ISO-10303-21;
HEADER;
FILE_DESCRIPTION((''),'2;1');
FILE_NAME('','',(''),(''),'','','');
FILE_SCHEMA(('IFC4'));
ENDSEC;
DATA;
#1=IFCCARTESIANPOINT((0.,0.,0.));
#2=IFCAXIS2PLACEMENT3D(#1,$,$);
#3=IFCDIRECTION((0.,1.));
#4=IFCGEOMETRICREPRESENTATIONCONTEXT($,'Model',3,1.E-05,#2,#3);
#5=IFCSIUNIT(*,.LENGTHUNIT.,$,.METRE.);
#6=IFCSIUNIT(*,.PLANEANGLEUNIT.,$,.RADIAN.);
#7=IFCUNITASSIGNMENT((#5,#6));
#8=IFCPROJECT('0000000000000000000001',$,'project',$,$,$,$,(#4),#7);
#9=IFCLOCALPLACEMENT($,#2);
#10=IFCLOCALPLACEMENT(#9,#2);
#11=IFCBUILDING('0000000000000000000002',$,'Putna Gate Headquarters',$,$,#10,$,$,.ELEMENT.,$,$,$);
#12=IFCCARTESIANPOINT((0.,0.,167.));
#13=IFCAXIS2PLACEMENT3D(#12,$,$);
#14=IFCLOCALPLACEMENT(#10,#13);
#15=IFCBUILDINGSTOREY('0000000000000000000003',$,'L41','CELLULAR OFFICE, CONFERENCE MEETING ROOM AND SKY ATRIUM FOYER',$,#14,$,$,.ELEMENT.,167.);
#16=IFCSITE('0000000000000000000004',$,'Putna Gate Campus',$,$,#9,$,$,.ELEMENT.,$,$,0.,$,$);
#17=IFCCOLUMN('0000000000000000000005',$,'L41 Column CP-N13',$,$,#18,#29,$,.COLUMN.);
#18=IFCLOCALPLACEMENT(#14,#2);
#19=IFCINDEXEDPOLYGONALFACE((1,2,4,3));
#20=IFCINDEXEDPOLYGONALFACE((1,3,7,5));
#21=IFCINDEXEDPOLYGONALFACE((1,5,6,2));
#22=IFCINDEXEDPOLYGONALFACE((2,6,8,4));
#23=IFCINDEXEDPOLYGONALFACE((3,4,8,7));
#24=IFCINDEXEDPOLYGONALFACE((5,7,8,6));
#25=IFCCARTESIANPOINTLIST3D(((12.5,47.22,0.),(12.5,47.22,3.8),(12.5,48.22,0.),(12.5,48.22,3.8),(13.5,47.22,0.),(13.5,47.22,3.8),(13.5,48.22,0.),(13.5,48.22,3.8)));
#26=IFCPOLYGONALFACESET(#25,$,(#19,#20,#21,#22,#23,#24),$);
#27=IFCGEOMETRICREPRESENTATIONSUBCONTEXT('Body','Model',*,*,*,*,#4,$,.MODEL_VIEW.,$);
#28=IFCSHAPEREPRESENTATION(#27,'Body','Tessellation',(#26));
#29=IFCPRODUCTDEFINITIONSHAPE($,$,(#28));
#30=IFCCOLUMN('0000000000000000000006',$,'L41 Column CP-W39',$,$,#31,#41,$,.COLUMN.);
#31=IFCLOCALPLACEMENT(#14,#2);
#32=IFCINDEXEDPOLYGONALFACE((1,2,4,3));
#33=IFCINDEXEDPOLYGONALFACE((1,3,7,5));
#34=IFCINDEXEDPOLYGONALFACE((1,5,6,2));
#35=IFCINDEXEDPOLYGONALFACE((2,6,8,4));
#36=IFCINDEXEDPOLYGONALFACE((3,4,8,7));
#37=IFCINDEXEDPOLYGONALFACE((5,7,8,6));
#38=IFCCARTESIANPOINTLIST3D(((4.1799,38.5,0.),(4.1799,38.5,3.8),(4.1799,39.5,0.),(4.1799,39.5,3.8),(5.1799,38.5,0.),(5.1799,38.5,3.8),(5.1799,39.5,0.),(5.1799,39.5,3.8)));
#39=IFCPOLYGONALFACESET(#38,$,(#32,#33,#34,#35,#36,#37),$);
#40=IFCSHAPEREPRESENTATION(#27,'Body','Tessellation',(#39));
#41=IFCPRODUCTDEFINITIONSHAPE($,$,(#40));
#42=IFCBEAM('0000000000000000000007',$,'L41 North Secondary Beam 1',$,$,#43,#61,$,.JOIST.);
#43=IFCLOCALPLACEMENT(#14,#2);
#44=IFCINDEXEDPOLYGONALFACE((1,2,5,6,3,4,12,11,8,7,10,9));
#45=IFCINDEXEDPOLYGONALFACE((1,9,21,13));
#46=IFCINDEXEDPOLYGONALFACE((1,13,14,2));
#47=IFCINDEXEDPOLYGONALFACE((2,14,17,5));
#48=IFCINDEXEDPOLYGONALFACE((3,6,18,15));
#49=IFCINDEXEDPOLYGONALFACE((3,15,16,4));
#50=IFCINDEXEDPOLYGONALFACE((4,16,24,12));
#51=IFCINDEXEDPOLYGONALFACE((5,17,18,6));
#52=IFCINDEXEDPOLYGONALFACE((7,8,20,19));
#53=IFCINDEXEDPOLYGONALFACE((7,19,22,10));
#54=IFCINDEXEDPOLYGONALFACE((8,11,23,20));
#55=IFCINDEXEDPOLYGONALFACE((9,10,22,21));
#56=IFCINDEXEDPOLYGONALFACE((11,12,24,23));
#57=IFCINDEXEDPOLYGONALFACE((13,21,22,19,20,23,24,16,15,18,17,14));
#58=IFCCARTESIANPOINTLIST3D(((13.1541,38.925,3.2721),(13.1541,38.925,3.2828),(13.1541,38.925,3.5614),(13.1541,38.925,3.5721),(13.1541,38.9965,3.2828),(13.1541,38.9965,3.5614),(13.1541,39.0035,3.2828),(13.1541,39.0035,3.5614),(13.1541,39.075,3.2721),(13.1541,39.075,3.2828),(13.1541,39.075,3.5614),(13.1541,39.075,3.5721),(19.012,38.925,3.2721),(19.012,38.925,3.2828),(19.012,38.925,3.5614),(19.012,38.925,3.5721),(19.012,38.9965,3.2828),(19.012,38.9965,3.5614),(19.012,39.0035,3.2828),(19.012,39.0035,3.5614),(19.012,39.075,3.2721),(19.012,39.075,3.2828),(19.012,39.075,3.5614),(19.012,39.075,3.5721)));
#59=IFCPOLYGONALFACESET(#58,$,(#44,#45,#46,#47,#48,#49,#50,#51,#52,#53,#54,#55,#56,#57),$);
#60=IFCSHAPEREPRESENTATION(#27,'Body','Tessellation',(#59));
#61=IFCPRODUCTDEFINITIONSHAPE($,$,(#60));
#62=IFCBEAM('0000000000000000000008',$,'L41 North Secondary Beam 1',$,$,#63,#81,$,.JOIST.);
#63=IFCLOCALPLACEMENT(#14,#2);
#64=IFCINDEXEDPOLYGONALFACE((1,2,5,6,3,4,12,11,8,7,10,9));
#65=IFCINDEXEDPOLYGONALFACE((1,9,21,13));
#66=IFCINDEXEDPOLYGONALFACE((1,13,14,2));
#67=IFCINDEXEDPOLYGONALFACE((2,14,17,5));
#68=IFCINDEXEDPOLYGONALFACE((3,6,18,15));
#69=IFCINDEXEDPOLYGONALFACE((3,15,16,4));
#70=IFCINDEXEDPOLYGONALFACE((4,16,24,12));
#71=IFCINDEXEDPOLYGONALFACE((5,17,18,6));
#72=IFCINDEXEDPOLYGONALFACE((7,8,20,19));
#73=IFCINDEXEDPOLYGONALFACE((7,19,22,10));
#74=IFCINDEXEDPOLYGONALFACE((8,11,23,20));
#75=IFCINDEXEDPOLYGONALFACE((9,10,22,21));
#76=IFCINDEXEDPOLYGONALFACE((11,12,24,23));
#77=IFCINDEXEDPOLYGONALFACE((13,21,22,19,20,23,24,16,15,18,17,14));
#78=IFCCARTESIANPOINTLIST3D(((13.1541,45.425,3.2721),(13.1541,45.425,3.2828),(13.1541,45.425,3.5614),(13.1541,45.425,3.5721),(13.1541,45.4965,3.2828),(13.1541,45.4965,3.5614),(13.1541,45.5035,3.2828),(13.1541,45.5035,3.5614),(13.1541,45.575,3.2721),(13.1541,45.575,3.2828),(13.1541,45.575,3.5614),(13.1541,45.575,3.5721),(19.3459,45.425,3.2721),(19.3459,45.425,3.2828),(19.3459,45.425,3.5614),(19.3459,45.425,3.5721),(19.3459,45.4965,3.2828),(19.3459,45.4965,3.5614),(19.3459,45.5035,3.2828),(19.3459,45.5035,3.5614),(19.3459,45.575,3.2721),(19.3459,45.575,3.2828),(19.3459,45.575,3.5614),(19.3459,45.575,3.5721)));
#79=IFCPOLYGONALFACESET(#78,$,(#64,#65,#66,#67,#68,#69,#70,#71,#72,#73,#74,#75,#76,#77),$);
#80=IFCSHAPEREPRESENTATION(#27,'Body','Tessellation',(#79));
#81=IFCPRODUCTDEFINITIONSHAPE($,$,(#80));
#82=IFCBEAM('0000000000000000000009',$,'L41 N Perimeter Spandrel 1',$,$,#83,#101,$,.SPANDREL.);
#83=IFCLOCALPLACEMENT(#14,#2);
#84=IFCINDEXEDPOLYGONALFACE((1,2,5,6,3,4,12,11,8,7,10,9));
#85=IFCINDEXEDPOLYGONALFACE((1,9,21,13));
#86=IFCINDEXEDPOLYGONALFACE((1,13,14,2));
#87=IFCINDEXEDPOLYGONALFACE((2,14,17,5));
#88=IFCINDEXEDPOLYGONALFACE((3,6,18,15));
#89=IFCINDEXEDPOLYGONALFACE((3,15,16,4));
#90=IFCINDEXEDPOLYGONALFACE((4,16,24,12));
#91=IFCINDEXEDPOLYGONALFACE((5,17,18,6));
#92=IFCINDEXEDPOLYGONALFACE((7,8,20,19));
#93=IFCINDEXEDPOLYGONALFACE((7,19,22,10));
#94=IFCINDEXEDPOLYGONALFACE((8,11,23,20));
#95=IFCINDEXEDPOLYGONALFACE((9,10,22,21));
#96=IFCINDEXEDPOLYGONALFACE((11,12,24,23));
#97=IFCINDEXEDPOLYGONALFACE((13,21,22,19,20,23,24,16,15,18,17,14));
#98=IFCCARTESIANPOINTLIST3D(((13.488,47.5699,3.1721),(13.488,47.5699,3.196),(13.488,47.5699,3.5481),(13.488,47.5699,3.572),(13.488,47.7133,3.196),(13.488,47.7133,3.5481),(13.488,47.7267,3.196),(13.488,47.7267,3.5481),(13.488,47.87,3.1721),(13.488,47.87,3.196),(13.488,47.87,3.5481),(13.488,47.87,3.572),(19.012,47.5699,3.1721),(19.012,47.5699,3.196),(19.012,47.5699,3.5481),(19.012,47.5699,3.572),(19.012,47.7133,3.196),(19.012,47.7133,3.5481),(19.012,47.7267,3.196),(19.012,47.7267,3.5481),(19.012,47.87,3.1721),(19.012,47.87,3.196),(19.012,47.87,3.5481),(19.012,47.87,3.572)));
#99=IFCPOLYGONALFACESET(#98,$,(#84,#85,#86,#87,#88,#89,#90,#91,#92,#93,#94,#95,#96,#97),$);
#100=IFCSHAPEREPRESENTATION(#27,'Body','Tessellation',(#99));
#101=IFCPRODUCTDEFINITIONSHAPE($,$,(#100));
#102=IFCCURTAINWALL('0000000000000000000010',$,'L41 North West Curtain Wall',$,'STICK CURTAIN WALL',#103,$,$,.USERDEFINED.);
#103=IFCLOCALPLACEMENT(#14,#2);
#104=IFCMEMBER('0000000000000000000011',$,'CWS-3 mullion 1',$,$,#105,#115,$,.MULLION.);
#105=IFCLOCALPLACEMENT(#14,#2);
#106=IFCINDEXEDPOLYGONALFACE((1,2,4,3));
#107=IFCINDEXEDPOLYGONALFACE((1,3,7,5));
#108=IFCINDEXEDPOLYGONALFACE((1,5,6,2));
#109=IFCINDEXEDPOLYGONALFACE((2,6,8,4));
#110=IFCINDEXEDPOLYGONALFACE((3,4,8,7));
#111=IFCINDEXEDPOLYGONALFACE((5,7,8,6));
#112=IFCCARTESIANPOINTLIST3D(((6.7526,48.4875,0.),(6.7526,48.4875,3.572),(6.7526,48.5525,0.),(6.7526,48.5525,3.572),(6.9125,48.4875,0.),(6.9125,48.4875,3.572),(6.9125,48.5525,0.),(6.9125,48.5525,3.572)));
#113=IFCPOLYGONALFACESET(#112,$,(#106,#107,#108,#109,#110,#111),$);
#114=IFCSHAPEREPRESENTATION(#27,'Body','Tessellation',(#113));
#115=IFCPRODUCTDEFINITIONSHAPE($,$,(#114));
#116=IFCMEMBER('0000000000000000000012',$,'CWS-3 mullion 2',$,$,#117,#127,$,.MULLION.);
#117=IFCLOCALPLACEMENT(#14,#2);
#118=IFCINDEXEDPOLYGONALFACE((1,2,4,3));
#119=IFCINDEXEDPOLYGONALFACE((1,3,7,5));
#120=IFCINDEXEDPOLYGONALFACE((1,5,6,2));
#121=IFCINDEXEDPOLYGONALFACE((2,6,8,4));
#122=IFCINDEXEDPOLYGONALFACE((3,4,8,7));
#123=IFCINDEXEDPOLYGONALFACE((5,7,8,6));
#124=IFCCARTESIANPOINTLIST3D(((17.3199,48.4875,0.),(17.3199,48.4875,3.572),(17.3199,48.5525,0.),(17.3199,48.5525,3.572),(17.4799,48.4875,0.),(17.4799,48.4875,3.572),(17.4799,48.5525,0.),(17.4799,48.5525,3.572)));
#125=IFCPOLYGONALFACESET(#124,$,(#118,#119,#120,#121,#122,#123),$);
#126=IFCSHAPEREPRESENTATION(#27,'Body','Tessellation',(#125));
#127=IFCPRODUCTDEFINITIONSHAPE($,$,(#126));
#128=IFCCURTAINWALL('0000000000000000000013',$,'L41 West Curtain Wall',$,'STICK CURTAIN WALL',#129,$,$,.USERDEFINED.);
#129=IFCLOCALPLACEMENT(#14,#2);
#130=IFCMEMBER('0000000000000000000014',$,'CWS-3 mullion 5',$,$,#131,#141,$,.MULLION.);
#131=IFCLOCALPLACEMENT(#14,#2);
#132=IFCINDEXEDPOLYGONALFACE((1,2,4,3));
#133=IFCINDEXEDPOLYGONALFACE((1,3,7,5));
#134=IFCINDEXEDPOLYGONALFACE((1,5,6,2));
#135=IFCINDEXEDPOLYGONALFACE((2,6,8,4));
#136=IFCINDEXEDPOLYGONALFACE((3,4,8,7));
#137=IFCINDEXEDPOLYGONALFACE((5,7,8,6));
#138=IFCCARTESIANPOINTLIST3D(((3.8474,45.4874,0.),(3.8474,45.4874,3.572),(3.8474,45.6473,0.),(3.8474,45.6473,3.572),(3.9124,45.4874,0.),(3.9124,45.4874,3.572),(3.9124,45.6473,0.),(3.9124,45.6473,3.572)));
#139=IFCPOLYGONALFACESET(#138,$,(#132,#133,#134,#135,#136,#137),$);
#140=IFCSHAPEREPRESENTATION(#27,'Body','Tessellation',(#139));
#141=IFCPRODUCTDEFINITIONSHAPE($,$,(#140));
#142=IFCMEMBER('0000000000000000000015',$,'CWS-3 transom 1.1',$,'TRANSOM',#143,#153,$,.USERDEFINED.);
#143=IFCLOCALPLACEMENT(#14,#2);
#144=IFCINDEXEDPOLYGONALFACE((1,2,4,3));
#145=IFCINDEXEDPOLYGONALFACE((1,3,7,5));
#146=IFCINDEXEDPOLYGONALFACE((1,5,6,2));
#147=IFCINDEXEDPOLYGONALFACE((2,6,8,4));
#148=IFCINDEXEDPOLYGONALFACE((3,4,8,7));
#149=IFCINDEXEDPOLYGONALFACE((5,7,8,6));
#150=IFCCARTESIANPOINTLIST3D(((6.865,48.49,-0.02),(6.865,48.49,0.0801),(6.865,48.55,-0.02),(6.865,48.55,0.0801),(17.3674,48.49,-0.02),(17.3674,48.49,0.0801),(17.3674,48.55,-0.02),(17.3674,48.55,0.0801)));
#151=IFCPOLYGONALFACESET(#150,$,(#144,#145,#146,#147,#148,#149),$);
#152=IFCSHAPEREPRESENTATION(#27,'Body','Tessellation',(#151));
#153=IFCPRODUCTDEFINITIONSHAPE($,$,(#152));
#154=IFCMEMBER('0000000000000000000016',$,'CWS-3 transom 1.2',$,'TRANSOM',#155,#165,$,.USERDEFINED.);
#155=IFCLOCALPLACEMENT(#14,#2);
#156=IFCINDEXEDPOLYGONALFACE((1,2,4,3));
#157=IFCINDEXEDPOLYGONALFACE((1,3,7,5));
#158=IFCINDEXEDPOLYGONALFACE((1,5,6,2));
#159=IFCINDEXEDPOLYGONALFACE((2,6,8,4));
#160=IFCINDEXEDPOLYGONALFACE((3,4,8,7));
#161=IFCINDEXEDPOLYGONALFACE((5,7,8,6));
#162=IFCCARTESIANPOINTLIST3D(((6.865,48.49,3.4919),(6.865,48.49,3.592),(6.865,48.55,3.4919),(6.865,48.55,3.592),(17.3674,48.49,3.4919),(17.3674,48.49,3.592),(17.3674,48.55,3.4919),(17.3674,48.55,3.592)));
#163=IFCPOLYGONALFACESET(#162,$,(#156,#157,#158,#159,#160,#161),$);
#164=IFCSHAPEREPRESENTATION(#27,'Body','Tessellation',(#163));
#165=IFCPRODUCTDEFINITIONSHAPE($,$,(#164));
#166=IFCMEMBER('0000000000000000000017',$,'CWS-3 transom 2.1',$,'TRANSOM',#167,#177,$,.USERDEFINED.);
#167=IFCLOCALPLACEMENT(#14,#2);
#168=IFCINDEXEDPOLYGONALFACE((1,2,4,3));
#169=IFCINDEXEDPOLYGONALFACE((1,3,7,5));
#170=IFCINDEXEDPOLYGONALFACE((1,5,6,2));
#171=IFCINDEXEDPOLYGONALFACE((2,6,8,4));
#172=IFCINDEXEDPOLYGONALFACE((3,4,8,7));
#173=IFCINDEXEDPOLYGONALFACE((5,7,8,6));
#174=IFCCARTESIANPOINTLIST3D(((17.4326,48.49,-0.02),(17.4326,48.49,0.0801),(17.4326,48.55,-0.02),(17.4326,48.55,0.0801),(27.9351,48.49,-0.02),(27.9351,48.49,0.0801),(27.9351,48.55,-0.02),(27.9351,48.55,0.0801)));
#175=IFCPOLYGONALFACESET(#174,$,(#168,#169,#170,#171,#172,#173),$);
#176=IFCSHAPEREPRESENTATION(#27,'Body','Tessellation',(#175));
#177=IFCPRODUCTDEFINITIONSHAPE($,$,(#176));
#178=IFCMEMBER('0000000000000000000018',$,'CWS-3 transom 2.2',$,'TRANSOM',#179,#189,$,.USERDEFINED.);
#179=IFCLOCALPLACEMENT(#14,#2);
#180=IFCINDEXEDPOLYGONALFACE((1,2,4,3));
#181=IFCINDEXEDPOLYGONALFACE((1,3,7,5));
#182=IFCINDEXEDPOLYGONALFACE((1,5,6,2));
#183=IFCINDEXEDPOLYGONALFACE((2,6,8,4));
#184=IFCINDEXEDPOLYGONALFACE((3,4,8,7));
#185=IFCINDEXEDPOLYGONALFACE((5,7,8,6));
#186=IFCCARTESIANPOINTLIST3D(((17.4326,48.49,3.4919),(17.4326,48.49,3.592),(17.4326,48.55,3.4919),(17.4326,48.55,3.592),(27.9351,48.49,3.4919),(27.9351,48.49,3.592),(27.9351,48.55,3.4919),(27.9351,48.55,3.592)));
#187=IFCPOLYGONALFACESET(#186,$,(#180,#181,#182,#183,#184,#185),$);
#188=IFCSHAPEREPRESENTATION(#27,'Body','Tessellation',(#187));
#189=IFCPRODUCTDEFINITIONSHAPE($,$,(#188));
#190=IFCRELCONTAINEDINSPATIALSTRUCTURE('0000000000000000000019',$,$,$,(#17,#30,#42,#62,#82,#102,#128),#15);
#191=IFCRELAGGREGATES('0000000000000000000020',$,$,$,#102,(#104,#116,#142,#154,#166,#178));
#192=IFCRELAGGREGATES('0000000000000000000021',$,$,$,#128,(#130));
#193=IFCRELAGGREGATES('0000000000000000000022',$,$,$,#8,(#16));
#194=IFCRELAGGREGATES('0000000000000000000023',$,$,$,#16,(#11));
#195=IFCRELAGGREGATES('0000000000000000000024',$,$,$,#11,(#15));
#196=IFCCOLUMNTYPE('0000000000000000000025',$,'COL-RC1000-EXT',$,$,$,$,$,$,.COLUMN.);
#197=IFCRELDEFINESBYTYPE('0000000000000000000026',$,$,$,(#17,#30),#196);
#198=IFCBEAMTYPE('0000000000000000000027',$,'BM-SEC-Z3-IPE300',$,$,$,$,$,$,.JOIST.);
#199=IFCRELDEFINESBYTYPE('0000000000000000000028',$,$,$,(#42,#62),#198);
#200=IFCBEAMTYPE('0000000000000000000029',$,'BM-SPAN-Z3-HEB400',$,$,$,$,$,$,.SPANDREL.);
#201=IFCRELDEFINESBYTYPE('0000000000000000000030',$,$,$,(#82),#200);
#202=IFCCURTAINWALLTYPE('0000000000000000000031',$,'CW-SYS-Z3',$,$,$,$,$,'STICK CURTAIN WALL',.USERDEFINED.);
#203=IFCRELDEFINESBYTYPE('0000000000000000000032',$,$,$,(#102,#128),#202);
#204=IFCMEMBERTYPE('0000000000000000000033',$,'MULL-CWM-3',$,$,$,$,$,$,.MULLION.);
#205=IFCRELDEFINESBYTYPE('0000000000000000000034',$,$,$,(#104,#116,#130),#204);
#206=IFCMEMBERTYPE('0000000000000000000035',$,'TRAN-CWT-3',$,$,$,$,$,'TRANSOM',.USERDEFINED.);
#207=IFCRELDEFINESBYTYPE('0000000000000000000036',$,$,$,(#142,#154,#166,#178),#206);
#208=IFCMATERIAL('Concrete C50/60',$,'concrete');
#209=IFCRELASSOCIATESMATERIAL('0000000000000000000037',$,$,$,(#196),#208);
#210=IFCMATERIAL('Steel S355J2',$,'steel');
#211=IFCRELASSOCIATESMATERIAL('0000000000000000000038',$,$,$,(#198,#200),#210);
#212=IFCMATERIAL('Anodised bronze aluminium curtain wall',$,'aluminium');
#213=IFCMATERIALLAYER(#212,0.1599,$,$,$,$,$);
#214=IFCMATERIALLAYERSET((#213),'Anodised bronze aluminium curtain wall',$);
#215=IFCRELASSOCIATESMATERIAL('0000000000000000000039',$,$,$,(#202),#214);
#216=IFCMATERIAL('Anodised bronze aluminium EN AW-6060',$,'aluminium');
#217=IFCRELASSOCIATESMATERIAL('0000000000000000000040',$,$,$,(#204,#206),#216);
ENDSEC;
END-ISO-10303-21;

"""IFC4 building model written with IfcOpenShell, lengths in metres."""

from ifc_helpers import new_model, si_unit, direction, frame, origin, origin_2d, place, context, subcontext, project, spatial, rectangle, i_section, extrude, material, layer, layer_set, material_profile, profile_set, type_object, element, aggregate, save


model = new_model("IFC4")

# Units and contexts
model_context = context("Model", 3, precision=1e-05, world=origin(), true_north=direction((0.0, 1.0)))
body_context = subcontext(model_context, "Body", "Model", "MODEL_VIEW")
ifc_project = project(units=[si_unit("LENGTHUNIT", "METRE"), si_unit("PLANEANGLEUNIT", "RADIAN")], contexts=[model_context])

# Site, building, storey
site_placement = place(None, origin())
site = spatial("IfcSite", under=ifc_project, at=site_placement, Name="Putna Gate Campus", CompositionType="ELEMENT", RefElevation=0.0)
building_placement = place(site_placement, origin())
building = spatial("IfcBuilding", under=site, at=building_placement, Name="Putna Gate Headquarters", CompositionType="ELEMENT")
storey_placement = place(building_placement, frame((0.0, 0.0, 167.0)))
storey = spatial("IfcBuildingStorey", under=building, at=storey_placement, Name="L41", Description="CELLULAR OFFICE, CONFERENCE MEETING ROOM AND SKY ATRIUM FOYER", CompositionType="ELEMENT", Elevation=167.0)

# Columns
ifc_material_1 = material(Name="Concrete C50/60", Category="concrete")
ifc_material_profile_1 = material_profile(ifc_material_1, rectangle(XDim=1.0, YDim=1.0, at=origin_2d()), Name="Concrete C50/60")
ifc_profile_set_1 = profile_set([ifc_material_profile_1], Name="Concrete C50/60")
column_type = type_object("IfcColumnType", Name="COL-RC1000-EXT", PredefinedType="COLUMN", material=ifc_profile_set_1)
for number, where, z_axis, x_axis, name in (
    (1, (13.0, 47.72, 0.0), (0.0, 0.0, 1.0), (1.0, 0.0, 0.0), "L41 Column CP-N13"),
    (2, (4.6799, 39.0, 0.0), (0.0, 0.0, 1.0), (1.0, 0.0, 0.0), "L41 Column CP-W39"),
):
    element("IfcColumn", number, at=place(storey_placement, frame(where, z_axis=z_axis, x_axis=x_axis)), inside=storey, type_object=column_type, Name=name, PredefinedType="COLUMN", context=body_context, shape_type="SweptSolid", body=[
        extrude(rectangle(XDim=1.0, YDim=1.0, at=origin_2d()), origin(), (0.0, 0.0, 1.0), 3.8),
    ])

# Beams
ifc_material_2 = material(Name="Steel S355J2", Category="steel")
ifc_material_profile_2 = material_profile(ifc_material_2, i_section(OverallWidth=0.1499, OverallDepth=0.3, WebThickness=0.0071, FlangeThickness=0.0107, at=origin_2d()), Name="Steel S355J2")
ifc_profile_set_2 = profile_set([ifc_material_profile_2], Name="Steel S355J2")
beam_type_1 = type_object("IfcBeamType", Name="BM-SEC-Z3-IPE300", PredefinedType="JOIST", material=ifc_profile_set_2)
beam_1_placement = place(storey_placement, frame((13.1541, 39.0, 3.4221), z_axis=(1.0, 0.0, 0.0), x_axis=(0.0, 1.0, 0.0)))
element("IfcBeam", 3, at=beam_1_placement, inside=storey, type_object=beam_type_1, Name="L41 North Secondary Beam 1", PredefinedType="JOIST", context=body_context, shape_type="SweptSolid", body=[
    extrude(i_section(OverallWidth=0.1499, OverallDepth=0.3, WebThickness=0.0071, FlangeThickness=0.0107, at=origin_2d()), origin(), (0.0, 0.0, 1.0), 5.8579),
])
beam_2_placement = place(storey_placement, frame((13.1541, 45.5, 3.4221), z_axis=(1.0, 0.0, 0.0), x_axis=(0.0, 1.0, 0.0)))
element("IfcBeam", 4, at=beam_2_placement, inside=storey, type_object=beam_type_1, Name="L41 North Secondary Beam 1", PredefinedType="JOIST", context=body_context, shape_type="SweptSolid", body=[
    extrude(i_section(OverallWidth=0.1499, OverallDepth=0.3, WebThickness=0.0071, FlangeThickness=0.0107, at=origin_2d()), origin(), (0.0, 0.0, 1.0), 6.1919),
])
ifc_material_profile_3 = material_profile(ifc_material_2, i_section(OverallWidth=0.3, OverallDepth=0.3999, WebThickness=0.0134, FlangeThickness=0.0239, at=origin_2d()), Name="Steel S355J2")
ifc_profile_set_3 = profile_set([ifc_material_profile_3], Name="Steel S355J2")
beam_type_2 = type_object("IfcBeamType", Name="BM-SPAN-Z3-HEB400", PredefinedType="SPANDREL", material=ifc_profile_set_3)
beam_3_placement = place(storey_placement, frame((13.488, 47.72, 3.3721), z_axis=(1.0, 0.0, 0.0), x_axis=(0.0, 1.0, 0.0)))
element("IfcBeam", 5, at=beam_3_placement, inside=storey, type_object=beam_type_2, Name="L41 N Perimeter Spandrel 1", PredefinedType="SPANDREL", context=body_context, shape_type="SweptSolid", body=[
    extrude(i_section(OverallWidth=0.3, OverallDepth=0.3999, WebThickness=0.0134, FlangeThickness=0.0239, at=origin_2d()), origin(), (0.0, 0.0, 1.0), 5.5239),
])

# Curtain wall, members
ifc_material_3 = material(Name="Anodised bronze aluminium curtain wall", Category="aluminium")
ifc_layer_1 = layer(ifc_material_3, 0.1599)
ifc_layer_set_1 = layer_set([ifc_layer_1], Name="Anodised bronze aluminium curtain wall")
curtain_wall_type = type_object("IfcCurtainWallType", Name="CW-SYS-Z3", ElementType="STICK CURTAIN WALL", PredefinedType="USERDEFINED", material=ifc_layer_set_1)
curtain_wall_1_placement = place(storey_placement, origin())
curtain_wall_1 = element("IfcCurtainWall", 6, at=curtain_wall_1_placement, inside=storey, type_object=curtain_wall_type, Name="L41 North West Curtain Wall", ObjectType="STICK CURTAIN WALL", PredefinedType="USERDEFINED")
ifc_material_4 = material(Name="Anodised bronze aluminium EN AW-6060", Category="aluminium")
ifc_material_profile_4 = material_profile(ifc_material_4, rectangle(XDim=0.0649, YDim=0.1599, at=origin_2d()), Name="Anodised bronze aluminium EN AW-6060")
ifc_profile_set_4 = profile_set([ifc_material_profile_4], Name="Anodised bronze aluminium EN AW-6060")
member_type_1 = type_object("IfcMemberType", Name="MULL-CWM-3", PredefinedType="MULLION", material=ifc_profile_set_4)
member_1_placement = place(storey_placement, frame((6.8325, 48.52, 0.0), z_axis=(0.0, 0.0, 1.0), x_axis=(0.0, 1.0, 0.0)))
member_1 = element("IfcMember", 7, at=member_1_placement, type_object=member_type_1, Name="CWS-3 mullion 1", PredefinedType="MULLION", context=body_context, shape_type="SweptSolid", body=[
    extrude(rectangle(XDim=0.0649, YDim=0.1599, at=origin_2d()), origin(), (0.0, 0.0, 1.0), 3.572),
])
member_2_placement = place(storey_placement, frame((17.3999, 48.52, 0.0), z_axis=(0.0, 0.0, 1.0), x_axis=(0.0, 1.0, 0.0)))
member_2 = element("IfcMember", 8, at=member_2_placement, type_object=member_type_1, Name="CWS-3 mullion 2", PredefinedType="MULLION", context=body_context, shape_type="SweptSolid", body=[
    extrude(rectangle(XDim=0.0649, YDim=0.1599, at=origin_2d()), origin(), (0.0, 0.0, 1.0), 3.572),
])

# Curtain wall, member
curtain_wall_2_placement = place(storey_placement, origin())
curtain_wall_2 = element("IfcCurtainWall", 9, at=curtain_wall_2_placement, inside=storey, type_object=curtain_wall_type, Name="L41 West Curtain Wall", ObjectType="STICK CURTAIN WALL", PredefinedType="USERDEFINED")
member_3_placement = place(storey_placement, frame((3.8799, 45.5674, 0.0), z_axis=(0.0, 0.0, 1.0), x_axis=(-1.0, 0.0, 0.0)))
member_3 = element("IfcMember", 10, at=member_3_placement, type_object=member_type_1, Name="CWS-3 mullion 5", PredefinedType="MULLION", context=body_context, shape_type="SweptSolid", body=[
    extrude(rectangle(XDim=0.0649, YDim=0.1599, at=origin_2d()), origin(), (0.0, 0.0, 1.0), 3.572),
])

# Members
ifc_material_profile_5 = material_profile(ifc_material_4, rectangle(XDim=0.0601, YDim=0.1001, at=origin_2d()), Name="Anodised bronze aluminium EN AW-6060")
ifc_profile_set_5 = profile_set([ifc_material_profile_5], Name="Anodised bronze aluminium EN AW-6060")
member_type_2 = type_object("IfcMemberType", Name="TRAN-CWT-3", ElementType="TRANSOM", PredefinedType="USERDEFINED", material=ifc_profile_set_5)
member_4_placement = place(storey_placement, frame((6.865, 48.52, 0.03), z_axis=(1.0, 0.0, 0.0), x_axis=(0.0, 1.0, 0.0)))
member_4 = element("IfcMember", 11, at=member_4_placement, type_object=member_type_2, Name="CWS-3 transom 1.1", ObjectType="TRANSOM", PredefinedType="USERDEFINED", context=body_context, shape_type="SweptSolid", body=[
    extrude(rectangle(XDim=0.0601, YDim=0.1001, at=origin_2d()), origin(), (0.0, 0.0, 1.0), 10.5024),
])
member_5_placement = place(storey_placement, frame((6.865, 48.52, 3.542), z_axis=(1.0, 0.0, 0.0), x_axis=(0.0, 1.0, 0.0)))
member_5 = element("IfcMember", 12, at=member_5_placement, type_object=member_type_2, Name="CWS-3 transom 1.2", ObjectType="TRANSOM", PredefinedType="USERDEFINED", context=body_context, shape_type="SweptSolid", body=[
    extrude(rectangle(XDim=0.0601, YDim=0.1001, at=origin_2d()), origin(), (0.0, 0.0, 1.0), 10.5024),
])
member_6_placement = place(storey_placement, frame((17.4326, 48.52, 0.03), z_axis=(1.0, 0.0, 0.0), x_axis=(0.0, 1.0, 0.0)))
member_6 = element("IfcMember", 13, at=member_6_placement, type_object=member_type_2, Name="CWS-3 transom 2.1", ObjectType="TRANSOM", PredefinedType="USERDEFINED", context=body_context, shape_type="SweptSolid", body=[
    extrude(rectangle(XDim=0.0601, YDim=0.1001, at=origin_2d()), origin(), (0.0, 0.0, 1.0), 10.5024),
])
member_7_placement = place(storey_placement, frame((17.4326, 48.52, 3.542), z_axis=(1.0, 0.0, 0.0), x_axis=(0.0, 1.0, 0.0)))
member_7 = element("IfcMember", 14, at=member_7_placement, type_object=member_type_2, Name="CWS-3 transom 2.2", ObjectType="TRANSOM", PredefinedType="USERDEFINED", context=body_context, shape_type="SweptSolid", body=[
    extrude(rectangle(XDim=0.0601, YDim=0.1001, at=origin_2d()), origin(), (0.0, 0.0, 1.0), 10.5024),
])

aggregate(curtain_wall_1, [member_1, member_2, member_4, member_5, member_6, member_7])
aggregate(curtain_wall_2, [member_3])

save(model, "model.ifc")
